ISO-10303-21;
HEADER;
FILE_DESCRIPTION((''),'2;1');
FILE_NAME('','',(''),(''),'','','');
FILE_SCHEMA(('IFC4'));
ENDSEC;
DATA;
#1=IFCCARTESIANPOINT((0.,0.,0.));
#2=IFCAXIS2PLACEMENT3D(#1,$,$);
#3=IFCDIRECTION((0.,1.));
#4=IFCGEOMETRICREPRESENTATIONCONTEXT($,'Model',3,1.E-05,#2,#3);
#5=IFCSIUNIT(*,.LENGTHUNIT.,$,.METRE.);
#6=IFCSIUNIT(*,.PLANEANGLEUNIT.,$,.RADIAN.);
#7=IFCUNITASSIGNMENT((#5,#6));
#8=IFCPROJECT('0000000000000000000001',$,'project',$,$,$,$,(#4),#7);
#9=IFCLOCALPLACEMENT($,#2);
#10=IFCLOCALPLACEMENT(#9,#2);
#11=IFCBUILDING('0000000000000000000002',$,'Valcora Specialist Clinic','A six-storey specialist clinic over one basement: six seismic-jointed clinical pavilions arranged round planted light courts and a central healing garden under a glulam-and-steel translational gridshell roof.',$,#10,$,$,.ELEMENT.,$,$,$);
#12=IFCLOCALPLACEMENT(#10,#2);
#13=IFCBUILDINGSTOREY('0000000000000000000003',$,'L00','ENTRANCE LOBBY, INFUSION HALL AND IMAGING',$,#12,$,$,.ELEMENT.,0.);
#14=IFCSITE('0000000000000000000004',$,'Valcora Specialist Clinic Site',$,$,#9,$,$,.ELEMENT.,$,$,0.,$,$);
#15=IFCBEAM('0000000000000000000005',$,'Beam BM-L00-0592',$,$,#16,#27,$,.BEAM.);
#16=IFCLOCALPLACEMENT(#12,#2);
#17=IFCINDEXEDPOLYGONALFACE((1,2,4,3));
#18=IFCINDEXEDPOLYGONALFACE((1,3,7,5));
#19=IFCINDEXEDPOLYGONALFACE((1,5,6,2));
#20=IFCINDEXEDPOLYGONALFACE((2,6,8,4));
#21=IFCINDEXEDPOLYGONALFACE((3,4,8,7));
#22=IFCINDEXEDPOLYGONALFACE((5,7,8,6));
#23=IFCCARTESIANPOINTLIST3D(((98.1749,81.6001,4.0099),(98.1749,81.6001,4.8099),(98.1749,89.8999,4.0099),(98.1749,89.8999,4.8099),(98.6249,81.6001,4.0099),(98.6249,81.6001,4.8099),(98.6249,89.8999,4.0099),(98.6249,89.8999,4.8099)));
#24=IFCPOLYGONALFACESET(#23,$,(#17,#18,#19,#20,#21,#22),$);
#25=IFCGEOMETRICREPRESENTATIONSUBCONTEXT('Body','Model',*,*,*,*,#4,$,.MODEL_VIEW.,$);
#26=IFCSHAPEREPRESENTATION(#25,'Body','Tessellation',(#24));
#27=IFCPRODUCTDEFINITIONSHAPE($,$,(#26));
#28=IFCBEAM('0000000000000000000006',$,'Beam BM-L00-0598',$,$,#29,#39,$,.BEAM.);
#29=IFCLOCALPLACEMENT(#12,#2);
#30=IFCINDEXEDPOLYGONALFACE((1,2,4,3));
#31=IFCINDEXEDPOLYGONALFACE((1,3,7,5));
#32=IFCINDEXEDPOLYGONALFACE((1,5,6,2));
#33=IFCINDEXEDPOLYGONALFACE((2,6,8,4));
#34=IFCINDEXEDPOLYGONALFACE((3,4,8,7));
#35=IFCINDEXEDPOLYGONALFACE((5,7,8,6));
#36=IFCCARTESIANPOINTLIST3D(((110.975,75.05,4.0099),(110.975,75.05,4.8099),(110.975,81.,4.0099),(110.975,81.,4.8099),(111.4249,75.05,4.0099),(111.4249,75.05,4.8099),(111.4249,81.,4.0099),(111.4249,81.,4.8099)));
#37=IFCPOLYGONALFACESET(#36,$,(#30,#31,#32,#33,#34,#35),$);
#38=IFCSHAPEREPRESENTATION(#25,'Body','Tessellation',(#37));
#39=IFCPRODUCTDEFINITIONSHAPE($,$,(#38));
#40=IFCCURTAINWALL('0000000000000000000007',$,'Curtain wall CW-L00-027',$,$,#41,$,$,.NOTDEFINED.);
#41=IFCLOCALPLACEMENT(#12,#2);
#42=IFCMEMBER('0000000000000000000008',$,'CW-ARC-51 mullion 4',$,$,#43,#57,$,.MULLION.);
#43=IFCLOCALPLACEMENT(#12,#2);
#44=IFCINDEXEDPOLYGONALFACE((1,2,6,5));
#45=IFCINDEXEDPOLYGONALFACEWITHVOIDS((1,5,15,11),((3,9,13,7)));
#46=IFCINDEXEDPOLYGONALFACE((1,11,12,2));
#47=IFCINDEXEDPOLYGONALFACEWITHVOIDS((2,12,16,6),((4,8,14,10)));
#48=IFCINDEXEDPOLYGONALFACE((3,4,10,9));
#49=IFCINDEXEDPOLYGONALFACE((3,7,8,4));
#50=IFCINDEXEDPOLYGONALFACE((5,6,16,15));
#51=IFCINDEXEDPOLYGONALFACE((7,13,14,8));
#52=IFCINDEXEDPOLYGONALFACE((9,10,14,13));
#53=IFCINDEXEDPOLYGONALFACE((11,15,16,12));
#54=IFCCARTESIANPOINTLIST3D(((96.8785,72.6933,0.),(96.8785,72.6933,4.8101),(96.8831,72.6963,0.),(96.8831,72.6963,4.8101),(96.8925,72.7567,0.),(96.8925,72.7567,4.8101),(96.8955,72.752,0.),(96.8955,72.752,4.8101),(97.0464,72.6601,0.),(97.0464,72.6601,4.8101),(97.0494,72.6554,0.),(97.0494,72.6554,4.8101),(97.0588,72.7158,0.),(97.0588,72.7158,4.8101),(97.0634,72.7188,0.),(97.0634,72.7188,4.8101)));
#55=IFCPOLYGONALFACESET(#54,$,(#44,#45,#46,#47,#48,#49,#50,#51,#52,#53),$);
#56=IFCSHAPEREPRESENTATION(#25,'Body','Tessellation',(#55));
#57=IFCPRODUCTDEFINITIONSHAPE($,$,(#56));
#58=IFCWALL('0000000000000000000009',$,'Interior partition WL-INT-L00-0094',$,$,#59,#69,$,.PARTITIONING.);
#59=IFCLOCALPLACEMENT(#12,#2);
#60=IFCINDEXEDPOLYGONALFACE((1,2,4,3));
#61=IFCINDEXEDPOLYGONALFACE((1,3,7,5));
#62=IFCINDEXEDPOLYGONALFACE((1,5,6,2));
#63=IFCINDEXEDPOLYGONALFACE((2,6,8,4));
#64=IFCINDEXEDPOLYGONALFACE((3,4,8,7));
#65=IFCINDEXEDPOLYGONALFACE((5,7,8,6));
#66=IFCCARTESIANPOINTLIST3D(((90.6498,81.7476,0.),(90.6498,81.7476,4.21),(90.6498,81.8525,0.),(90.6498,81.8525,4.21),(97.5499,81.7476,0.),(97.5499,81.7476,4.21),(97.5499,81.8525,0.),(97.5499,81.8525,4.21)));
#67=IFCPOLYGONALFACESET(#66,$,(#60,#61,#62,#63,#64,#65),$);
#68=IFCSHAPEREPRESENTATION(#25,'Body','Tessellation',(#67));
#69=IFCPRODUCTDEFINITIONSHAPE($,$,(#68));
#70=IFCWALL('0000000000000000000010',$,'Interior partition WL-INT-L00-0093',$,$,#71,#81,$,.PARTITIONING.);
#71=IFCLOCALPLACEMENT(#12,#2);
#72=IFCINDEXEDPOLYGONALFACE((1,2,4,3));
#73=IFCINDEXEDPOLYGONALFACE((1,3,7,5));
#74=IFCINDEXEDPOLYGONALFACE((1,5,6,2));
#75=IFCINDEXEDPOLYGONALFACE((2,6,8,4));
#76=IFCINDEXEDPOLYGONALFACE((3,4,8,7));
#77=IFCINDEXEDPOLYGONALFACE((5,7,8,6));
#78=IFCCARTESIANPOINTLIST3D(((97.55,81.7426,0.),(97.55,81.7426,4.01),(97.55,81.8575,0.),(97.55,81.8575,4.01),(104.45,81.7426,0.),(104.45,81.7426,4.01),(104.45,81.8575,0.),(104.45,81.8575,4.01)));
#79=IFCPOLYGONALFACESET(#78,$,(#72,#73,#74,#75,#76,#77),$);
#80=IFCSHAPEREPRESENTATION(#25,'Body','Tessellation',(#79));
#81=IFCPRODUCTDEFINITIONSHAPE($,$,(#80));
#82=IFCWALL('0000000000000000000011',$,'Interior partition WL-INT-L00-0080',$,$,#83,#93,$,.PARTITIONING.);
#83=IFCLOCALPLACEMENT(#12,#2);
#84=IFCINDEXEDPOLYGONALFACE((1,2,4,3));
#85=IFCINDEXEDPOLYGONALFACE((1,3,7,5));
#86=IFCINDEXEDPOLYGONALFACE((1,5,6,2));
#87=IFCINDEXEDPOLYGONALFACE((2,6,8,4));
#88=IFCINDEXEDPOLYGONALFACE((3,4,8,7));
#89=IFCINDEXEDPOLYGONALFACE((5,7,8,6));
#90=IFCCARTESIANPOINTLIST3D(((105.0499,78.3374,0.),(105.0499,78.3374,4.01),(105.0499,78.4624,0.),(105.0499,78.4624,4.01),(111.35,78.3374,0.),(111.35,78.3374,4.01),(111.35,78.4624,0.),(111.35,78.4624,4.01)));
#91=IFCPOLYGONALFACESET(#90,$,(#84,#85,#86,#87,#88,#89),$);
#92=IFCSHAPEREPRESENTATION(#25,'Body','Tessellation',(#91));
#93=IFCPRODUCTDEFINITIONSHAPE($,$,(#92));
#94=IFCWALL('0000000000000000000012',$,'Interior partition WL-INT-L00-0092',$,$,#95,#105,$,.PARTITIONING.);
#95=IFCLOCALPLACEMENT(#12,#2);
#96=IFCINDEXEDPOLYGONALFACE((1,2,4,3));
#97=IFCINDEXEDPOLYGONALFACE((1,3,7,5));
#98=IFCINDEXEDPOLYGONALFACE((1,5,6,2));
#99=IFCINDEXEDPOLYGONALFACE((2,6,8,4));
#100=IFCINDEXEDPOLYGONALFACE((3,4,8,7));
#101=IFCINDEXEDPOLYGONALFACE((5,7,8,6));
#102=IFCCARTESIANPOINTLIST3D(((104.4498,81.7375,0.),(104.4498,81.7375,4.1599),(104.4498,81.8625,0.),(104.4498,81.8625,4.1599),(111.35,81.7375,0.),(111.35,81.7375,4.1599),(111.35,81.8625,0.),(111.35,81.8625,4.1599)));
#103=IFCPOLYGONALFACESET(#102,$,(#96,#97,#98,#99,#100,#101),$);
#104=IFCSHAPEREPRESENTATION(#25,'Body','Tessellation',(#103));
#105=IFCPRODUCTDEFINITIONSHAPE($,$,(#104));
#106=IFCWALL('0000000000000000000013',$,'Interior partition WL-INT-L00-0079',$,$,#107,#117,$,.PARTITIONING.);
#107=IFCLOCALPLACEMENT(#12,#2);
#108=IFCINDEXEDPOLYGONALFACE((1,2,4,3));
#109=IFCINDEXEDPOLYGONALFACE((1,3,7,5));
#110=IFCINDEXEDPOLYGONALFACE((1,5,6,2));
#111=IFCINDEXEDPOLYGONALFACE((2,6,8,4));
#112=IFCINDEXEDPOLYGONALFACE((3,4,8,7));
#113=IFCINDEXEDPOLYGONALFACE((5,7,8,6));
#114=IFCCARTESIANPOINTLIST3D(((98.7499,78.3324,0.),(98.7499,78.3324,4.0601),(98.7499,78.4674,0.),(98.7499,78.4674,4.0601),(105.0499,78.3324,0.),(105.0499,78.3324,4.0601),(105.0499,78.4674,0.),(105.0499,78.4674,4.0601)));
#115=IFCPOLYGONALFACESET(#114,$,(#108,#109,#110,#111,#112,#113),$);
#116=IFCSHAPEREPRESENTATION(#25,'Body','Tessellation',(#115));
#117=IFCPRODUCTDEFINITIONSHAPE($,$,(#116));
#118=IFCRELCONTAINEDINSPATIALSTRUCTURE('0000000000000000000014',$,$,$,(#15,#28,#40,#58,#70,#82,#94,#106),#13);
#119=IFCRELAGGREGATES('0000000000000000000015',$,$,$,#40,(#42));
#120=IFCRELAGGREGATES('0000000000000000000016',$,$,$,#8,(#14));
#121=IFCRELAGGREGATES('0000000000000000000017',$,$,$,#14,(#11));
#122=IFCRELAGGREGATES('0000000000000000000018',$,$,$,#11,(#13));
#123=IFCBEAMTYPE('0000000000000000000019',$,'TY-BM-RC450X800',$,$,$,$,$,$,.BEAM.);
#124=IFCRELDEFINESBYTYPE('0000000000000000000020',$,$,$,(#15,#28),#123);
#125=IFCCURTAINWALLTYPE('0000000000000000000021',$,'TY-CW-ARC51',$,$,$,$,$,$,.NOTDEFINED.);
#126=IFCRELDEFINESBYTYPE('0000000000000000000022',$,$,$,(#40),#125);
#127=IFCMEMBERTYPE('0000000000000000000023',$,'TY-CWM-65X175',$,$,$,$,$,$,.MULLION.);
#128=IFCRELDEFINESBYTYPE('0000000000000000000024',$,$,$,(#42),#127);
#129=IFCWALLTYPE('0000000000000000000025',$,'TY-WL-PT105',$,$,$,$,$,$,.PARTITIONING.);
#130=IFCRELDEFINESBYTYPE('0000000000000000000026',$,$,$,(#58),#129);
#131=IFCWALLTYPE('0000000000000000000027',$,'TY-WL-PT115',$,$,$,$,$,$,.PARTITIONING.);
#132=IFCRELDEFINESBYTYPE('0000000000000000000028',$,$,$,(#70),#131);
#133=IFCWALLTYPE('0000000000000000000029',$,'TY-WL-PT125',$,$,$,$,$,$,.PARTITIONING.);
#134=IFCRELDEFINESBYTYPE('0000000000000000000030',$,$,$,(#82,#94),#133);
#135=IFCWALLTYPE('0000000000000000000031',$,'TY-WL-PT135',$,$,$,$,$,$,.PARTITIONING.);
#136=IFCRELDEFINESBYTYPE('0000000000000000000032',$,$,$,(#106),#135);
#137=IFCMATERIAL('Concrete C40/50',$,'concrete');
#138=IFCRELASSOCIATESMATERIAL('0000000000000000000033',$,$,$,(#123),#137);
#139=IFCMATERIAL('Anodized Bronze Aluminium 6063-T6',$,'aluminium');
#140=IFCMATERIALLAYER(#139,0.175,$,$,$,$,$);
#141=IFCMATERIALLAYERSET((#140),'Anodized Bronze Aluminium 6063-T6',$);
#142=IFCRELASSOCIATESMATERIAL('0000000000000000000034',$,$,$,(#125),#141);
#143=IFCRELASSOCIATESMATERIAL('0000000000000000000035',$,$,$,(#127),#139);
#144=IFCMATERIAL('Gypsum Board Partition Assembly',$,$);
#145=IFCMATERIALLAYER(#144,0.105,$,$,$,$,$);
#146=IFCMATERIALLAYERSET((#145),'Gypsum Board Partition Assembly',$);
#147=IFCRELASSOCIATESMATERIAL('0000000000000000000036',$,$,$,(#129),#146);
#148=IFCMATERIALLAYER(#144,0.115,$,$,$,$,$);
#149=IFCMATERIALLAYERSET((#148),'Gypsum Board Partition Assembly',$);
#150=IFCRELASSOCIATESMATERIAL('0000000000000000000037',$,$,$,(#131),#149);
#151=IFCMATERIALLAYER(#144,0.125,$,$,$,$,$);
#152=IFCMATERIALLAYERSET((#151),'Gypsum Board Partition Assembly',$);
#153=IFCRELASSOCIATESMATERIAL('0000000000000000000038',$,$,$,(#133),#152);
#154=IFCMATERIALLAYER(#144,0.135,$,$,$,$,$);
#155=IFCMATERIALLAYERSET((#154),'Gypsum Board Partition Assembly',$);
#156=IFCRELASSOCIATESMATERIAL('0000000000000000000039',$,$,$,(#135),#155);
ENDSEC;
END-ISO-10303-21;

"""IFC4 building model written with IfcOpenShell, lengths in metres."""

from ifc_helpers import new_model, si_unit, direction, frame, frame_2d, origin, origin_2d, place, context, subcontext, project, spatial, rectangle, hollow_rectangle, extrude, material, layer, layer_set, material_profile, profile_set, type_object, element, aggregate, save


model = new_model("IFC4")

# Units and contexts
model_context = context("Model", 3, precision=1e-05, world=origin(), true_north=direction((0.0, 1.0)))
body_context = subcontext(model_context, "Body", "Model", "MODEL_VIEW")
ifc_project = project(units=[si_unit("LENGTHUNIT", "METRE"), si_unit("PLANEANGLEUNIT", "RADIAN")], contexts=[model_context])

# Site, building, storey
site_placement = place(None, origin())
site = spatial("IfcSite", under=ifc_project, at=site_placement, Name="Valcora Specialist Clinic Site", CompositionType="ELEMENT", RefElevation=0.0)
building_placement = place(site_placement, origin())
building = spatial("IfcBuilding", under=site, at=building_placement, Name="Valcora Specialist Clinic", Description="A six-storey specialist clinic over one basement: six seismic-jointed clinical pavilions arranged round planted light courts and a central healing garden under a glulam-and-steel translational gridshell roof.", CompositionType="ELEMENT")
storey_placement = place(building_placement, origin())
storey = spatial("IfcBuildingStorey", under=building, at=storey_placement, Name="L00", Description="ENTRANCE LOBBY, INFUSION HALL AND IMAGING", CompositionType="ELEMENT", Elevation=0.0)

# Shared definitions
ifc_material_1 = material(Name="Concrete C40/50", Category="concrete")

# Beams
ifc_material_profile_1 = material_profile(ifc_material_1, rectangle(XDim=0.45, YDim=0.8, at=origin_2d()), Name="RC-BM-450X800")
ifc_profile_set_1 = profile_set([ifc_material_profile_1], Name="Concrete C40/50")
beam_type_1 = type_object("IfcBeamType", Name="TY-BM-RC450X800", PredefinedType="BEAM", material=ifc_profile_set_1)
beam_1_placement = place(storey_placement, frame((98.3999, 81.6001, 4.4099), z_axis=(0.0, 1.0, 0.0), x_axis=(-1.0, 0.0, 0.0)))
element("IfcBeam", 1, at=beam_1_placement, inside=storey, type_object=beam_type_1, Name="Beam BM-L00-0592", PredefinedType="BEAM", context=body_context, shape_type="SweptSolid", body=[
    extrude(rectangle(XDim=0.45, YDim=0.8, at=origin_2d()), origin(), (0.0, 0.0, 1.0), 8.2998),
])
beam_2_placement = place(storey_placement, frame((111.2, 75.05, 4.4099), z_axis=(0.0, 1.0, 0.0), x_axis=(-1.0, 0.0, 0.0)))
element("IfcBeam", 2, at=beam_2_placement, inside=storey, type_object=beam_type_1, Name="Beam BM-L00-0598", PredefinedType="BEAM", context=body_context, shape_type="SweptSolid", body=[
    extrude(rectangle(XDim=0.45, YDim=0.8, at=origin_2d()), origin(), (0.0, 0.0, 1.0), 5.95),
])

# Curtain wall, member
ifc_material_2 = material(Name="Anodized Bronze Aluminium 6063-T6", Category="aluminium")
ifc_layer_1 = layer(ifc_material_2, 0.175)
ifc_layer_set_1 = layer_set([ifc_layer_1], Name="Anodized Bronze Aluminium 6063-T6")
curtain_wall_type = type_object("IfcCurtainWallType", Name="TY-CW-ARC51", PredefinedType="NOTDEFINED", material=ifc_layer_set_1)
curtain_wall_placement = place(storey_placement, origin())
curtain_wall = element("IfcCurtainWall", 3, at=curtain_wall_placement, inside=storey, type_object=curtain_wall_type, Name="Curtain wall CW-L00-027", PredefinedType="NOTDEFINED")
ifc_material_profile_2 = material_profile(ifc_material_2, hollow_rectangle(XDim=0.0649, YDim=0.175, WallThickness=0.0039, at=origin_2d()), Name="AL-MUL-65X175")
ifc_profile_set_2 = profile_set([ifc_material_profile_2], Name="Anodized Bronze Aluminium 6063-T6")
member_type = type_object("IfcMemberType", Name="TY-CWM-65X175", PredefinedType="MULLION", material=ifc_profile_set_2)
member_placement = place(storey_placement, frame((96.9709, 72.7061, 0.0), z_axis=(0.0, 0.0, 1.0), x_axis=(-0.216518, -0.976279, 0.0)))
member = element("IfcMember", 4, at=member_placement, type_object=member_type, Name="CW-ARC-51 mullion 4", PredefinedType="MULLION", context=body_context, shape_type="SweptSolid", body=[
    extrude(hollow_rectangle(XDim=0.0649, YDim=0.175, WallThickness=0.0039, at=origin_2d()), origin(), (0.0, 0.0, 1.0), 4.8101),
])
aggregate(curtain_wall, [member])

# Walls
ifc_material_3 = material(Name="Gypsum Board Partition Assembly")
ifc_layer_2 = layer(ifc_material_3, 0.105)
ifc_layer_set_2 = layer_set([ifc_layer_2], Name="Gypsum Board Partition Assembly")
wall_type_1 = type_object("IfcWallType", Name="TY-WL-PT105", PredefinedType="PARTITIONING", material=ifc_layer_set_2)
wall_1_placement = place(storey_placement, frame((97.55, 81.8, 0.0), z_axis=(0.0, 0.0, 1.0), x_axis=(-1.0, 0.0, 0.0)))
element("IfcWall", 5, at=wall_1_placement, inside=storey, type_object=wall_type_1, Name="Interior partition WL-INT-L00-0094", PredefinedType="PARTITIONING", context=body_context, shape_type="SweptSolid", body=[
    extrude(rectangle(XDim=6.9001, YDim=0.105, at=frame_2d((3.4502, 0.0))), origin(), (0.0, 0.0, 1.0), 4.21),
])
ifc_layer_3 = layer(ifc_material_3, 0.115)
ifc_layer_set_3 = layer_set([ifc_layer_3], Name="Gypsum Board Partition Assembly")
wall_type_2 = type_object("IfcWallType", Name="TY-WL-PT115", PredefinedType="PARTITIONING", material=ifc_layer_set_3)
wall_2_placement = place(storey_placement, frame((104.45, 81.8, 0.0), z_axis=(0.0, 0.0, 1.0), x_axis=(-1.0, 0.0, 0.0)))
element("IfcWall", 6, at=wall_2_placement, inside=storey, type_object=wall_type_2, Name="Interior partition WL-INT-L00-0093", PredefinedType="PARTITIONING", context=body_context, shape_type="SweptSolid", body=[
    extrude(rectangle(XDim=6.8999, YDim=0.115, at=frame_2d((3.45, 0.0))), origin(), (0.0, 0.0, 1.0), 4.01),
])
ifc_layer_4 = layer(ifc_material_3, 0.125)
ifc_layer_set_4 = layer_set([ifc_layer_4], Name="Gypsum Board Partition Assembly")
wall_type_3 = type_object("IfcWallType", Name="TY-WL-PT125", PredefinedType="PARTITIONING", material=ifc_layer_set_4)
wall_3_placement = place(storey_placement, frame((105.05, 78.3999, 0.0), z_axis=(0.0, 0.0, 1.0), x_axis=(1.0, 0.0, 0.0)))
element("IfcWall", 7, at=wall_3_placement, inside=storey, type_object=wall_type_3, Name="Interior partition WL-INT-L00-0080", PredefinedType="PARTITIONING", context=body_context, shape_type="SweptSolid", body=[
    extrude(rectangle(XDim=6.3, YDim=0.125, at=frame_2d((3.1499, 0.0))), origin(), (0.0, 0.0, 1.0), 4.01),
])
wall_4_placement = place(storey_placement, frame((111.3501, 81.8, 0.0), z_axis=(0.0, 0.0, 1.0), x_axis=(-1.0, 0.0, 0.0)))
element("IfcWall", 8, at=wall_4_placement, inside=storey, type_object=wall_type_3, Name="Interior partition WL-INT-L00-0092", PredefinedType="PARTITIONING", context=body_context, shape_type="SweptSolid", body=[
    extrude(rectangle(XDim=6.9001, YDim=0.125, at=frame_2d((3.4502, 0.0))), origin(), (0.0, 0.0, 1.0), 4.1599),
])
ifc_layer_5 = layer(ifc_material_3, 0.135)
ifc_layer_set_5 = layer_set([ifc_layer_5], Name="Gypsum Board Partition Assembly")
wall_type_4 = type_object("IfcWallType", Name="TY-WL-PT135", PredefinedType="PARTITIONING", material=ifc_layer_set_5)
wall_5_placement = place(storey_placement, frame((98.75, 78.3999, 0.0), z_axis=(0.0, 0.0, 1.0), x_axis=(1.0, 0.0, 0.0)))
element("IfcWall", 9, at=wall_5_placement, inside=storey, type_object=wall_type_4, Name="Interior partition WL-INT-L00-0079", PredefinedType="PARTITIONING", context=body_context, shape_type="SweptSolid", body=[
    extrude(rectangle(XDim=6.3, YDim=0.135, at=frame_2d((3.1499, 0.0))), origin(), (0.0, 0.0, 1.0), 4.0601),
])

save(model, "model.ifc")
